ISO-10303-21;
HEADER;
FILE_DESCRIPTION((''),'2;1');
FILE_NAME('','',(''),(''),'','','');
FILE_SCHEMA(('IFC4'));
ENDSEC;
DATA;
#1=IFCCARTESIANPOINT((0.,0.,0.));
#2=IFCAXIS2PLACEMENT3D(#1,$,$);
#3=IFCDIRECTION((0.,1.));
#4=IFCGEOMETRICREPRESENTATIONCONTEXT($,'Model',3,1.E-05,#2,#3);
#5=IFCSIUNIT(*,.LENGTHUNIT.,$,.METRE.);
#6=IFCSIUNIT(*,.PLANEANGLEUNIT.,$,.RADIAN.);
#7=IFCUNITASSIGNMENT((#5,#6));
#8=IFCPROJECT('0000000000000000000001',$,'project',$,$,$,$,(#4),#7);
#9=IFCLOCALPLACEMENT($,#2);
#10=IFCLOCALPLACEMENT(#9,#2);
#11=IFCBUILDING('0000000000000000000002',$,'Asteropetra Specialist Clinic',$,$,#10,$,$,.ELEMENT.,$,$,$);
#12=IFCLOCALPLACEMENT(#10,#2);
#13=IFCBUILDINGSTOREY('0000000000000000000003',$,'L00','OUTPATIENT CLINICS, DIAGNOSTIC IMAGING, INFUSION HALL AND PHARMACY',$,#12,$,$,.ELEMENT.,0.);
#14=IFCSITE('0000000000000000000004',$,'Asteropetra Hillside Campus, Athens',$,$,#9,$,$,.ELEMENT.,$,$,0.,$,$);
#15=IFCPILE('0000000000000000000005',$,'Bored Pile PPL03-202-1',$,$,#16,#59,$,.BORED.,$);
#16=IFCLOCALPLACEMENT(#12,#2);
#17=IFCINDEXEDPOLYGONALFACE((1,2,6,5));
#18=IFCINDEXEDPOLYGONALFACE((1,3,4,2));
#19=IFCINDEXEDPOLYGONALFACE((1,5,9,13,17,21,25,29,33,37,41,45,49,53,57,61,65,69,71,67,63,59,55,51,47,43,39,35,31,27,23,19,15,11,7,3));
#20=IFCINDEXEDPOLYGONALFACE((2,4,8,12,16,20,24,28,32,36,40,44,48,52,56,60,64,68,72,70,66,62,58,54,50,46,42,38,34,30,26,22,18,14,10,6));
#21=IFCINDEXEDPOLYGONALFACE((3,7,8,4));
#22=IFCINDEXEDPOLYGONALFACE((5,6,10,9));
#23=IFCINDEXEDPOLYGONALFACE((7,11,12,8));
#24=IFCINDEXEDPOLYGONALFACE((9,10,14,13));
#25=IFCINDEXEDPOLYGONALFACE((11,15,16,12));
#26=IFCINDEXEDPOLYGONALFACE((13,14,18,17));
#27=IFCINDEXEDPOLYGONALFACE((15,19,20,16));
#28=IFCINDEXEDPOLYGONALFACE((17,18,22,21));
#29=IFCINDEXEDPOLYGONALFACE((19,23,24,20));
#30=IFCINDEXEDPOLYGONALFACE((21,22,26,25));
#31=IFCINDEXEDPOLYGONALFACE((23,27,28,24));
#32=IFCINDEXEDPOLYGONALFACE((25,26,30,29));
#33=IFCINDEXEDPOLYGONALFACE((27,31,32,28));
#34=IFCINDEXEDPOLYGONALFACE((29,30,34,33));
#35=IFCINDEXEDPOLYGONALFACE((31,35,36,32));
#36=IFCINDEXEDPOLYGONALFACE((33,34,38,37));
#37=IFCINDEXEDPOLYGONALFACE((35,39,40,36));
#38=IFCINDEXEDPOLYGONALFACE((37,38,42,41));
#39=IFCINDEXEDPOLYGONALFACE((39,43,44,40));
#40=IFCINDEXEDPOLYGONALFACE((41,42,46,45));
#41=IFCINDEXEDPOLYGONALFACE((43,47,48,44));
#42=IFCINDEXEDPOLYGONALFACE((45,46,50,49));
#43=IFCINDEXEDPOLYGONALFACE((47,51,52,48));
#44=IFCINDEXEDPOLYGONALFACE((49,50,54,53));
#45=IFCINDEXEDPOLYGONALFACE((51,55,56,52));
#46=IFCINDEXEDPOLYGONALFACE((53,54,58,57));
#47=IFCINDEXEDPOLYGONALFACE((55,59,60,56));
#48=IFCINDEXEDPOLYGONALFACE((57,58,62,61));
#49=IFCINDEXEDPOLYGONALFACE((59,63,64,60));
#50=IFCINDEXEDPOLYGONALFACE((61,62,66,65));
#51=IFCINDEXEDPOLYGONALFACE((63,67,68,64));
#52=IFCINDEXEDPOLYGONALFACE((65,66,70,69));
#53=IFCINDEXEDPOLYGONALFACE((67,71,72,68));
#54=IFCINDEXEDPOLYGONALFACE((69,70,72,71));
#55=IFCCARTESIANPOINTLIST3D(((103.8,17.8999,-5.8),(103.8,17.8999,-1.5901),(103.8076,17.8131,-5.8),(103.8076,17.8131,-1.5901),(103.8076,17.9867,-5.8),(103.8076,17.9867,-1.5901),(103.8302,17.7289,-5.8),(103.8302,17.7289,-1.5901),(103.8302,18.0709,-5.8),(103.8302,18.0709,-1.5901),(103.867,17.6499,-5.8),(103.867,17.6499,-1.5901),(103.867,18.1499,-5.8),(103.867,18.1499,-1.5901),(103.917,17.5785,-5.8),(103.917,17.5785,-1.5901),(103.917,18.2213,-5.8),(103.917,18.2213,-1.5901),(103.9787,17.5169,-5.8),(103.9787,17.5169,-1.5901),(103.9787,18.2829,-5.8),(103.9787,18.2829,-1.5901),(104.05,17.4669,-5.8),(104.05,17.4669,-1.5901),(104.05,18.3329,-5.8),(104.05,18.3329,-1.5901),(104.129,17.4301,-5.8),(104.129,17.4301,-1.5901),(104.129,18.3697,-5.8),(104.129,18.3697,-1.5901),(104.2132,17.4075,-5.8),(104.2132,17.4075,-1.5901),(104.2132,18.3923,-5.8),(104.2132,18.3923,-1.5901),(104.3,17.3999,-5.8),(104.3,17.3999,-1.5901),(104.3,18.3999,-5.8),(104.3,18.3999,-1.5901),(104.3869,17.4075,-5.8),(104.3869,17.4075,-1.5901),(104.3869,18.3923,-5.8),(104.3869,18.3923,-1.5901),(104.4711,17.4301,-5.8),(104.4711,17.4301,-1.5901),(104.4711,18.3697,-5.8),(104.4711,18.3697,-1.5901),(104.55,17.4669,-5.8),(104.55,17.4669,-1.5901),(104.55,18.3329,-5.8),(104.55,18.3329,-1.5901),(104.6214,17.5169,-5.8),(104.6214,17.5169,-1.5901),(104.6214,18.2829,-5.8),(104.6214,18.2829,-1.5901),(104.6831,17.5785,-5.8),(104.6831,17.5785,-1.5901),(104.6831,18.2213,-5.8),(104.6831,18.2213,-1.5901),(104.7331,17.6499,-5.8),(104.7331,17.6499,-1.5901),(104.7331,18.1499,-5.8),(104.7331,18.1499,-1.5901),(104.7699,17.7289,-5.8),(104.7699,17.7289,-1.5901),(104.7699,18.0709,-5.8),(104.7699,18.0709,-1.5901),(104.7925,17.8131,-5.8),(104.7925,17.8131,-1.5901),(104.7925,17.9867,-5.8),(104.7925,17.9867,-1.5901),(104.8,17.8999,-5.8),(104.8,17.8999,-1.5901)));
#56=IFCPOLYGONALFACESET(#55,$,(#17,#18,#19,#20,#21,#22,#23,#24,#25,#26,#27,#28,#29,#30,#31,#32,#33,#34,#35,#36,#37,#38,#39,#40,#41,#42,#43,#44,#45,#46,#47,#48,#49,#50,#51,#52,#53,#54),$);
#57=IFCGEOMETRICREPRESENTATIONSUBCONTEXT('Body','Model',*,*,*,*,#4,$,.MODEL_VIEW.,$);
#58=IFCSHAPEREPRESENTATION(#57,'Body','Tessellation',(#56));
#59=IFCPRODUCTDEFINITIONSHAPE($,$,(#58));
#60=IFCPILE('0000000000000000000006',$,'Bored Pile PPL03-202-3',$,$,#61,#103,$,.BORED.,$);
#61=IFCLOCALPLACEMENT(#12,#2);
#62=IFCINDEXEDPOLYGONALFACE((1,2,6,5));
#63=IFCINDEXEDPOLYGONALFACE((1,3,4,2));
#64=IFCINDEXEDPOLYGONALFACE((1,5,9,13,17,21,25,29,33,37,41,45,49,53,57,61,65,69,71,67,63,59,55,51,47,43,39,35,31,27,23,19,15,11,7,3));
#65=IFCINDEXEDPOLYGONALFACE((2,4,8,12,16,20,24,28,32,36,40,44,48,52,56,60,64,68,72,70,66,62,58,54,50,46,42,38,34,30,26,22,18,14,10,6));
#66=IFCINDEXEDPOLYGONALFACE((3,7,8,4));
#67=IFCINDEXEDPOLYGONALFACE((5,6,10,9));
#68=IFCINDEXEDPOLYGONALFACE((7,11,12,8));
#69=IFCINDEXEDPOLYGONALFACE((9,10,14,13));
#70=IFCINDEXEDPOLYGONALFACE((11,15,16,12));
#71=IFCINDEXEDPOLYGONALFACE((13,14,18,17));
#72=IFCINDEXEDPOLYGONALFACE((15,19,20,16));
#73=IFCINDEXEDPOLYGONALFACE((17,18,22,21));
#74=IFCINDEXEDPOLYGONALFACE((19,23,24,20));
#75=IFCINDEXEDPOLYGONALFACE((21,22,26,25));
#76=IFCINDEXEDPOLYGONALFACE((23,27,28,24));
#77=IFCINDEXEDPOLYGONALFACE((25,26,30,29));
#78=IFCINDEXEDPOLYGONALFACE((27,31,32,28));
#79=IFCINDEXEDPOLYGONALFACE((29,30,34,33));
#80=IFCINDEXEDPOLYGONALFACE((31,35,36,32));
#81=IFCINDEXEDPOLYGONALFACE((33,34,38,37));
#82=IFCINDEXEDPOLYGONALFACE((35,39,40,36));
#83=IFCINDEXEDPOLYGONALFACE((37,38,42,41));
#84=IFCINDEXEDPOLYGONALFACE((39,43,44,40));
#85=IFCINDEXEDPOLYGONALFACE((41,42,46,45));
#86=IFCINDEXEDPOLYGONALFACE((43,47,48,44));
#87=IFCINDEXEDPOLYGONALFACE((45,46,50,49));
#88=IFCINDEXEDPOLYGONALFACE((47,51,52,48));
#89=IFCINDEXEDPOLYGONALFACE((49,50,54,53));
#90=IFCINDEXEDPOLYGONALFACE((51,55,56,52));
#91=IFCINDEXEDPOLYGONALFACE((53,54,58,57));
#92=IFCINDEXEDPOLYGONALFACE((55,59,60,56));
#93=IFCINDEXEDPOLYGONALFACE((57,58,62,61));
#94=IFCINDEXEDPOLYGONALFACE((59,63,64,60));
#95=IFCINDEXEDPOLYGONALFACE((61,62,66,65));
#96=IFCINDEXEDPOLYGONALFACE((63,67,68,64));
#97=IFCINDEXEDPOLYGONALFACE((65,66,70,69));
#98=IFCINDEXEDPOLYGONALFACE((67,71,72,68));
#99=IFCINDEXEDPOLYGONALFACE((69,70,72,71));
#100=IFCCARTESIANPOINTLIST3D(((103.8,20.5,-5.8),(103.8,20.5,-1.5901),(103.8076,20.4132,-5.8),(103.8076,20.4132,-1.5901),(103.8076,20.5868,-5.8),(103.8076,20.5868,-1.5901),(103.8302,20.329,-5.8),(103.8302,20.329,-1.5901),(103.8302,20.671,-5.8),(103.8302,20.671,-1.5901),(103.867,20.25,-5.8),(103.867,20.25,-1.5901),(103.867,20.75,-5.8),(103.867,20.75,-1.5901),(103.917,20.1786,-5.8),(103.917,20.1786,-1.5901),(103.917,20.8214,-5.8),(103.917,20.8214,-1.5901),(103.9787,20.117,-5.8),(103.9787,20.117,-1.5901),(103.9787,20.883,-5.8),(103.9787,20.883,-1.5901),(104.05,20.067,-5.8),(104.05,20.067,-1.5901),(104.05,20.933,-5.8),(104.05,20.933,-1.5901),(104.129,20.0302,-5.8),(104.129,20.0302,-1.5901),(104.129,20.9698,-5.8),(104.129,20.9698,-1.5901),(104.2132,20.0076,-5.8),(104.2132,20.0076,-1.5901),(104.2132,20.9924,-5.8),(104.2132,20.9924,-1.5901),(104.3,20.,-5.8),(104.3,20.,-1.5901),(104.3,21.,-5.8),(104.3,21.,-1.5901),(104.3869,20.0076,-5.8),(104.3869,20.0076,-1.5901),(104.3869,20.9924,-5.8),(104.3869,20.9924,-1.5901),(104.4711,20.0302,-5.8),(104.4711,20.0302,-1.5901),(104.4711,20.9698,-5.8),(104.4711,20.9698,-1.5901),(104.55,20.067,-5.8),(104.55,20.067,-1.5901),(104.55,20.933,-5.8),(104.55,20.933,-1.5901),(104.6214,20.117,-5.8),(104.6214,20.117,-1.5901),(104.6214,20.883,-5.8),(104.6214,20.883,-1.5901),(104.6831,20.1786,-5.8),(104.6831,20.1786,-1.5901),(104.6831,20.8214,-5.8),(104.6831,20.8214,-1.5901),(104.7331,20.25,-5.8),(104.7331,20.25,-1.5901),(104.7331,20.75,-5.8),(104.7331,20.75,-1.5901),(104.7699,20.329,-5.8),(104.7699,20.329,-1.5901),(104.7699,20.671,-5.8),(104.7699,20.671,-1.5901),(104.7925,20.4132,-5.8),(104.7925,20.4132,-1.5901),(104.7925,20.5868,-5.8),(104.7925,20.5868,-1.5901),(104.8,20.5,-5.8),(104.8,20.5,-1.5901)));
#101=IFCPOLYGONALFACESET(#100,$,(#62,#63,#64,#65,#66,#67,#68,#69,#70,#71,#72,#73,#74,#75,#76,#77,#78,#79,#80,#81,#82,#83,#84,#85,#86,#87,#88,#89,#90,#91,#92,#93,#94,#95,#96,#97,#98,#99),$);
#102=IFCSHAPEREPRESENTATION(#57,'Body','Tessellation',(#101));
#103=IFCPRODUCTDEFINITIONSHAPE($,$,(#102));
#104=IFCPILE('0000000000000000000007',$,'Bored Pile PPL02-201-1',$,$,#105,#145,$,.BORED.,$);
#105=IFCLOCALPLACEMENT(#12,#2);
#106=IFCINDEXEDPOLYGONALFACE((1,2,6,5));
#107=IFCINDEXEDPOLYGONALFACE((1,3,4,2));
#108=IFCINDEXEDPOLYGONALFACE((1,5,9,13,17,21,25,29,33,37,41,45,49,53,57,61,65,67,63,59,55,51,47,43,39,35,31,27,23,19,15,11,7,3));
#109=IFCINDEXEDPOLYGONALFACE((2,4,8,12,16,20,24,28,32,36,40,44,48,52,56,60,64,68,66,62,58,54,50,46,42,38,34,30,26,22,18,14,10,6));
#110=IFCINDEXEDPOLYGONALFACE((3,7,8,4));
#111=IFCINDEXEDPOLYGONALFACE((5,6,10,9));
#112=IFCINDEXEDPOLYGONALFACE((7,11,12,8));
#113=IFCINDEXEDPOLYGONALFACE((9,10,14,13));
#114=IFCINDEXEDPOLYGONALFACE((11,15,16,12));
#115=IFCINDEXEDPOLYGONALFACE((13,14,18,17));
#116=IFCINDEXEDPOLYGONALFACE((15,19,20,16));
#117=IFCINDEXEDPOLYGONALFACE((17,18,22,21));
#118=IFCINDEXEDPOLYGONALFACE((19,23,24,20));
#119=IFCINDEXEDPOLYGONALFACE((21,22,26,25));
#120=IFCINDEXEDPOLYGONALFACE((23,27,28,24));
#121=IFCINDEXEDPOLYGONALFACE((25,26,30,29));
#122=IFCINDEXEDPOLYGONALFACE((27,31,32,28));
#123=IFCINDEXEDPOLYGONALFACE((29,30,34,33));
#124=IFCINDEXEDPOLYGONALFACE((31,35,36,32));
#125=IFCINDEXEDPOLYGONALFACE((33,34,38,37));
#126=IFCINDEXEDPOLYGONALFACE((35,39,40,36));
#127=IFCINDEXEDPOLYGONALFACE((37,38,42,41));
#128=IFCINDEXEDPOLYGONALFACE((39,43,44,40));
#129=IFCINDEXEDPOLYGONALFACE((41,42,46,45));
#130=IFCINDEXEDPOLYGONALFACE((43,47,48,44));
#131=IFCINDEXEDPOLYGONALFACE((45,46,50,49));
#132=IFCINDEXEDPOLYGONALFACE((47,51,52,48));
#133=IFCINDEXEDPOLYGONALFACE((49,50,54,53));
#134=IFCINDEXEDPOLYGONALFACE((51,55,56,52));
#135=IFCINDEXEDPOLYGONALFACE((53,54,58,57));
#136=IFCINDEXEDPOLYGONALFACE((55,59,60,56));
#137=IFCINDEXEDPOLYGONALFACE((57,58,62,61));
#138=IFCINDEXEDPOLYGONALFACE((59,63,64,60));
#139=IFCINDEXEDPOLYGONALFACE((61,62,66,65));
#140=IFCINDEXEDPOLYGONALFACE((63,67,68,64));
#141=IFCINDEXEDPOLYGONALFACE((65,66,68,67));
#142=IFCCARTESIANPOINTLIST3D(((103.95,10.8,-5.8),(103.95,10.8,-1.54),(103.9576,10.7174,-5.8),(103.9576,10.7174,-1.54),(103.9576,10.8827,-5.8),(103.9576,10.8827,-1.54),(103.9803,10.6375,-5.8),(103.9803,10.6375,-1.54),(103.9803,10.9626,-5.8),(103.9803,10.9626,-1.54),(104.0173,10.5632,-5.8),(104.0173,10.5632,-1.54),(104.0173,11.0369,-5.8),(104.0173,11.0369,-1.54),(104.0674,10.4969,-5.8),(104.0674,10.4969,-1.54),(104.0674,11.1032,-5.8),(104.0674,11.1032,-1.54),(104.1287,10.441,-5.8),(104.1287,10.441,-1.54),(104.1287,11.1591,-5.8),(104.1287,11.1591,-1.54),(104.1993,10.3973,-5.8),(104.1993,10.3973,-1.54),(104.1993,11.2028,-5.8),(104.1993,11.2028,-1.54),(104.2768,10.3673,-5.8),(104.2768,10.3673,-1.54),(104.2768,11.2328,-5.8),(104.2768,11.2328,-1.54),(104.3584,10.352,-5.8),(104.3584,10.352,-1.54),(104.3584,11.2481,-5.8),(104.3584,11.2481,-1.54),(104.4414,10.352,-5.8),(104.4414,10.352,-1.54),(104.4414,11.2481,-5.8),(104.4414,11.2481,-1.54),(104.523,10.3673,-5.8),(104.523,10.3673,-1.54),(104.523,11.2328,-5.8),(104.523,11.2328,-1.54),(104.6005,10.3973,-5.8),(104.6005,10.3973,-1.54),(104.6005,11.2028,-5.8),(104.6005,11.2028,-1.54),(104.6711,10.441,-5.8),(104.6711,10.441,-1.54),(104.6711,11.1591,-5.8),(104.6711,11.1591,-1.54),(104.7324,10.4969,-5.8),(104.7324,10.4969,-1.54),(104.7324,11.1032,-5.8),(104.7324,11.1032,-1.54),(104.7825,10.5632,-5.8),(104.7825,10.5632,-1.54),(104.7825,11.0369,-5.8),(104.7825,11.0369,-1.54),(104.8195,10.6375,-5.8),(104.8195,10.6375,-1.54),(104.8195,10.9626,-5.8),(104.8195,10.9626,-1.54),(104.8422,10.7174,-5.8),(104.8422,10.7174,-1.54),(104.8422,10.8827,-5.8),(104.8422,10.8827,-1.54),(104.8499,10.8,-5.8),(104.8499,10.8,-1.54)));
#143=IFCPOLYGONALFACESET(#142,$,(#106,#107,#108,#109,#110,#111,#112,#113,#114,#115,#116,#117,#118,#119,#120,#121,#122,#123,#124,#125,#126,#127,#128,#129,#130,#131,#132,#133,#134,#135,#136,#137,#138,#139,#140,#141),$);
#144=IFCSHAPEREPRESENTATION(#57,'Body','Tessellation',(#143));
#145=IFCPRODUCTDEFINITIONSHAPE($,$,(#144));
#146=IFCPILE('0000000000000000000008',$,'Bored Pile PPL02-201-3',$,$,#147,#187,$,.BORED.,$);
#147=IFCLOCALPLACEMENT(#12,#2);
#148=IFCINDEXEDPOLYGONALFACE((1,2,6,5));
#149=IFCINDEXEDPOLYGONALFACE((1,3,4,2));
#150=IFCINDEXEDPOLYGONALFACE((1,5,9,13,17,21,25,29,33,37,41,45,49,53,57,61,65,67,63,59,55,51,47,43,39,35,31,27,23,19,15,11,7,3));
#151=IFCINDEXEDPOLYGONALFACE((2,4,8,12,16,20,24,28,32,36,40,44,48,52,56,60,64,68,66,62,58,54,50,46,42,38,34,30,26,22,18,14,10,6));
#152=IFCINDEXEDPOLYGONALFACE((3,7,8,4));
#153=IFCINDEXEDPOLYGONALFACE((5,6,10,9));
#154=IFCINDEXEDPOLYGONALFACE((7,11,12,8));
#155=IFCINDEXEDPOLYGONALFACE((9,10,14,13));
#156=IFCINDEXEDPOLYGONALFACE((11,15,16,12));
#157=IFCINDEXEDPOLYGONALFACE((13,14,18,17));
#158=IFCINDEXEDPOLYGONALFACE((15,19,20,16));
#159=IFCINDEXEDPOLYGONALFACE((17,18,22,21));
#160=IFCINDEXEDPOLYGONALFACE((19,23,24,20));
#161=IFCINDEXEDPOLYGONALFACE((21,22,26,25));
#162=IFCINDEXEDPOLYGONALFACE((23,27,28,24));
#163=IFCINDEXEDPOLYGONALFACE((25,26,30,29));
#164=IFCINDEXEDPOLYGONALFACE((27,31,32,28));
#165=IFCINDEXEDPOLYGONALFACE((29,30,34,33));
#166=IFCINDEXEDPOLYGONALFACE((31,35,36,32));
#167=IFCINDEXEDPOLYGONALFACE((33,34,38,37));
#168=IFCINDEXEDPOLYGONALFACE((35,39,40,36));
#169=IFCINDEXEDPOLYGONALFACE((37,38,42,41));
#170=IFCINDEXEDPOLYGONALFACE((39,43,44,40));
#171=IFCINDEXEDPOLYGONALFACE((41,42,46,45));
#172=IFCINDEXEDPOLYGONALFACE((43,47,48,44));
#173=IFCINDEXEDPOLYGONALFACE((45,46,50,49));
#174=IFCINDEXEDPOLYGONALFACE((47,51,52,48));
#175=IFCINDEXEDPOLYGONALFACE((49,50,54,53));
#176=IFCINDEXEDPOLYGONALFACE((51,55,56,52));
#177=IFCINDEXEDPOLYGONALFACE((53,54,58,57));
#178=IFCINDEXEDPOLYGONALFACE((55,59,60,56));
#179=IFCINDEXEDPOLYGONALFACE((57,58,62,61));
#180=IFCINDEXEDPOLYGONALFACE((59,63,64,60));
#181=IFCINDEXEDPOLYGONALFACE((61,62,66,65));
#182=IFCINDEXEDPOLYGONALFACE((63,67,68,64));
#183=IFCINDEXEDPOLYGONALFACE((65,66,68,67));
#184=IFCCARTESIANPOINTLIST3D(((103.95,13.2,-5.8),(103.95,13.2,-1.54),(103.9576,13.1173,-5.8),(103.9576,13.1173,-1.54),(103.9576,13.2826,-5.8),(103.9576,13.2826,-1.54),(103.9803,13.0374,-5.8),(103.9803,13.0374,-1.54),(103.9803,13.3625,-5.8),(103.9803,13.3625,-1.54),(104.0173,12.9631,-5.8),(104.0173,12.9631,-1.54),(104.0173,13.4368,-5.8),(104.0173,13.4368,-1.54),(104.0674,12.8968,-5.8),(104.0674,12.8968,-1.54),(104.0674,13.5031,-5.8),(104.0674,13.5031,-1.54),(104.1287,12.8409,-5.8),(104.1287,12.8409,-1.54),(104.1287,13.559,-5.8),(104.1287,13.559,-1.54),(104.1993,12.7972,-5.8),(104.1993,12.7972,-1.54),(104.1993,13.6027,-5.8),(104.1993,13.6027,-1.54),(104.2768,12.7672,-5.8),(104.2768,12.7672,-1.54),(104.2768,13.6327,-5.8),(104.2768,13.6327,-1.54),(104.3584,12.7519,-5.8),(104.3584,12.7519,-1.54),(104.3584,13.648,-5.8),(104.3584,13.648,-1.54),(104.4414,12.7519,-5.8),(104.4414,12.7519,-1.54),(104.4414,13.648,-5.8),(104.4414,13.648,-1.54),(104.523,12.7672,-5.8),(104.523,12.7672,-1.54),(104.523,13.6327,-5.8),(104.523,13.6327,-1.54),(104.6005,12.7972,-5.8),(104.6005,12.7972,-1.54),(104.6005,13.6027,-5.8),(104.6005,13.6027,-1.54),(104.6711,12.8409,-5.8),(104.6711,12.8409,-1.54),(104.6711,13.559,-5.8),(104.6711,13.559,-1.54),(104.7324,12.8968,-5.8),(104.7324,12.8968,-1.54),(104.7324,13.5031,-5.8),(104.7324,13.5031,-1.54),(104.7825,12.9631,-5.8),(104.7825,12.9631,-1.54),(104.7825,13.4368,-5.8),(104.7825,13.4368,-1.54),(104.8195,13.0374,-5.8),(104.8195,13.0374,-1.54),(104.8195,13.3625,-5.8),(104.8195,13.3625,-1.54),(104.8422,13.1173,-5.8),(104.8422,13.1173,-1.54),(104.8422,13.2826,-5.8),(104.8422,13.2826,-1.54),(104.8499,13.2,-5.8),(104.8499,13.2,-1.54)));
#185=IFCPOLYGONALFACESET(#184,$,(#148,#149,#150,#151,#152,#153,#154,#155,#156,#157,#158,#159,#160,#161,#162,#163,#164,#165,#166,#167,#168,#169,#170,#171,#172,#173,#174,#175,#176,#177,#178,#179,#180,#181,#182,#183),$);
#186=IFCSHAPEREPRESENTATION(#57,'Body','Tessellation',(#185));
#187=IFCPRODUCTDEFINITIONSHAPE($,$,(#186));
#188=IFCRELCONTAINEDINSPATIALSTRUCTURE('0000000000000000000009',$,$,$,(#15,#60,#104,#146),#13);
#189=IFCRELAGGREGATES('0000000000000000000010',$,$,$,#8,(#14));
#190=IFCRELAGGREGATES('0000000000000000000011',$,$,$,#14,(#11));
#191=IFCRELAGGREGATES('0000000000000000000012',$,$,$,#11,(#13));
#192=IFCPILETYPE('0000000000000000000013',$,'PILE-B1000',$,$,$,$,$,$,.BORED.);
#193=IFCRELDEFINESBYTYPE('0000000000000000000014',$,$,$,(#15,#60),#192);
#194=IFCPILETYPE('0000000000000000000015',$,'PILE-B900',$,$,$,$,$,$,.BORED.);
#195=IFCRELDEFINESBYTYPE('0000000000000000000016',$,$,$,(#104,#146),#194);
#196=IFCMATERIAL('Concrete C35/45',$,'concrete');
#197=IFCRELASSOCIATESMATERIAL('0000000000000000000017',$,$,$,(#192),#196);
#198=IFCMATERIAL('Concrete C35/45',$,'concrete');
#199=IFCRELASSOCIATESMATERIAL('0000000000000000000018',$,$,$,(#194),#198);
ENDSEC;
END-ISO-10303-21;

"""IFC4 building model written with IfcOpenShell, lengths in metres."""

from ifc_helpers import new_model, si_unit, direction, frame, origin, origin_2d, place, context, subcontext, project, spatial, circle, extrude, material, material_profile, profile_set, type_object, element, save


model = new_model("IFC4")

# Units and contexts
model_context = context("Model", 3, precision=1e-05, world=origin(), true_north=direction((0.0, 1.0)))
body_context = subcontext(model_context, "Body", "Model", "MODEL_VIEW")
ifc_project = project(units=[si_unit("LENGTHUNIT", "METRE"), si_unit("PLANEANGLEUNIT", "RADIAN")], contexts=[model_context])

# Site, building, storey
site_placement = place(None, origin())
site = spatial("IfcSite", under=ifc_project, at=site_placement, Name="Asteropetra Hillside Campus, Athens", CompositionType="ELEMENT", RefElevation=0.0)
building_placement = place(site_placement, origin())
building = spatial("IfcBuilding", under=site, at=building_placement, Name="Asteropetra Specialist Clinic", CompositionType="ELEMENT")
storey_placement = place(building_placement, origin())
storey = spatial("IfcBuildingStorey", under=building, at=storey_placement, Name="L00", Description="OUTPATIENT CLINICS, DIAGNOSTIC IMAGING, INFUSION HALL AND PHARMACY", CompositionType="ELEMENT", Elevation=0.0)

# Piles
ifc_material_1 = material(Name="Concrete C35/45", Category="concrete")
ifc_material_profile_1 = material_profile(ifc_material_1, circle(Radius=0.5, at=origin_2d()), Name="PILE D1000")
ifc_profile_set_1 = profile_set([ifc_material_profile_1], Name="Concrete C35/45")
pile_type_1 = type_object("IfcPileType", Name="PILE-B1000", PredefinedType="BORED", material=ifc_profile_set_1)
for number, where, z_axis, x_axis, name in (
    (1, (104.3, 17.8999, -1.5901), (0.0, 0.0, -1.0), (1.0, 0.0, 0.0), "Bored Pile PPL03-202-1"),
    (2, (104.3, 20.5, -1.5901), (0.0, 0.0, -1.0), (1.0, 0.0, 0.0), "Bored Pile PPL03-202-3"),
):
    element("IfcPile", number, at=place(storey_placement, frame(where, z_axis=z_axis, x_axis=x_axis)), inside=storey, type_object=pile_type_1, Name=name, PredefinedType="BORED", context=body_context, shape_type="SweptSolid", body=[
        extrude(circle(Radius=0.5, at=origin_2d()), origin(), (0.0, 0.0, 1.0), 4.21),
    ])
ifc_material_2 = material(Name="Concrete C35/45", Category="concrete")
ifc_material_profile_2 = material_profile(ifc_material_2, circle(Radius=0.45, at=origin_2d()), Name="PILE D900")
ifc_profile_set_2 = profile_set([ifc_material_profile_2], Name="Concrete C35/45")
pile_type_2 = type_object("IfcPileType", Name="PILE-B900", PredefinedType="BORED", material=ifc_profile_set_2)
for number, where, z_axis, x_axis, name in (
    (3, (104.3999, 10.8, -1.54), (0.0, 0.0, -1.0), (1.0, 0.0, 0.0), "Bored Pile PPL02-201-1"),
    (4, (104.3999, 13.2, -1.54), (0.0, 0.0, -1.0), (1.0, 0.0, 0.0), "Bored Pile PPL02-201-3"),
):
    element("IfcPile", number, at=place(storey_placement, frame(where, z_axis=z_axis, x_axis=x_axis)), inside=storey, type_object=pile_type_2, Name=name, PredefinedType="BORED", context=body_context, shape_type="SweptSolid", body=[
        extrude(circle(Radius=0.45, at=origin_2d()), origin(), (0.0, 0.0, 1.0), 4.26),
    ])

save(model, "model.ifc")
